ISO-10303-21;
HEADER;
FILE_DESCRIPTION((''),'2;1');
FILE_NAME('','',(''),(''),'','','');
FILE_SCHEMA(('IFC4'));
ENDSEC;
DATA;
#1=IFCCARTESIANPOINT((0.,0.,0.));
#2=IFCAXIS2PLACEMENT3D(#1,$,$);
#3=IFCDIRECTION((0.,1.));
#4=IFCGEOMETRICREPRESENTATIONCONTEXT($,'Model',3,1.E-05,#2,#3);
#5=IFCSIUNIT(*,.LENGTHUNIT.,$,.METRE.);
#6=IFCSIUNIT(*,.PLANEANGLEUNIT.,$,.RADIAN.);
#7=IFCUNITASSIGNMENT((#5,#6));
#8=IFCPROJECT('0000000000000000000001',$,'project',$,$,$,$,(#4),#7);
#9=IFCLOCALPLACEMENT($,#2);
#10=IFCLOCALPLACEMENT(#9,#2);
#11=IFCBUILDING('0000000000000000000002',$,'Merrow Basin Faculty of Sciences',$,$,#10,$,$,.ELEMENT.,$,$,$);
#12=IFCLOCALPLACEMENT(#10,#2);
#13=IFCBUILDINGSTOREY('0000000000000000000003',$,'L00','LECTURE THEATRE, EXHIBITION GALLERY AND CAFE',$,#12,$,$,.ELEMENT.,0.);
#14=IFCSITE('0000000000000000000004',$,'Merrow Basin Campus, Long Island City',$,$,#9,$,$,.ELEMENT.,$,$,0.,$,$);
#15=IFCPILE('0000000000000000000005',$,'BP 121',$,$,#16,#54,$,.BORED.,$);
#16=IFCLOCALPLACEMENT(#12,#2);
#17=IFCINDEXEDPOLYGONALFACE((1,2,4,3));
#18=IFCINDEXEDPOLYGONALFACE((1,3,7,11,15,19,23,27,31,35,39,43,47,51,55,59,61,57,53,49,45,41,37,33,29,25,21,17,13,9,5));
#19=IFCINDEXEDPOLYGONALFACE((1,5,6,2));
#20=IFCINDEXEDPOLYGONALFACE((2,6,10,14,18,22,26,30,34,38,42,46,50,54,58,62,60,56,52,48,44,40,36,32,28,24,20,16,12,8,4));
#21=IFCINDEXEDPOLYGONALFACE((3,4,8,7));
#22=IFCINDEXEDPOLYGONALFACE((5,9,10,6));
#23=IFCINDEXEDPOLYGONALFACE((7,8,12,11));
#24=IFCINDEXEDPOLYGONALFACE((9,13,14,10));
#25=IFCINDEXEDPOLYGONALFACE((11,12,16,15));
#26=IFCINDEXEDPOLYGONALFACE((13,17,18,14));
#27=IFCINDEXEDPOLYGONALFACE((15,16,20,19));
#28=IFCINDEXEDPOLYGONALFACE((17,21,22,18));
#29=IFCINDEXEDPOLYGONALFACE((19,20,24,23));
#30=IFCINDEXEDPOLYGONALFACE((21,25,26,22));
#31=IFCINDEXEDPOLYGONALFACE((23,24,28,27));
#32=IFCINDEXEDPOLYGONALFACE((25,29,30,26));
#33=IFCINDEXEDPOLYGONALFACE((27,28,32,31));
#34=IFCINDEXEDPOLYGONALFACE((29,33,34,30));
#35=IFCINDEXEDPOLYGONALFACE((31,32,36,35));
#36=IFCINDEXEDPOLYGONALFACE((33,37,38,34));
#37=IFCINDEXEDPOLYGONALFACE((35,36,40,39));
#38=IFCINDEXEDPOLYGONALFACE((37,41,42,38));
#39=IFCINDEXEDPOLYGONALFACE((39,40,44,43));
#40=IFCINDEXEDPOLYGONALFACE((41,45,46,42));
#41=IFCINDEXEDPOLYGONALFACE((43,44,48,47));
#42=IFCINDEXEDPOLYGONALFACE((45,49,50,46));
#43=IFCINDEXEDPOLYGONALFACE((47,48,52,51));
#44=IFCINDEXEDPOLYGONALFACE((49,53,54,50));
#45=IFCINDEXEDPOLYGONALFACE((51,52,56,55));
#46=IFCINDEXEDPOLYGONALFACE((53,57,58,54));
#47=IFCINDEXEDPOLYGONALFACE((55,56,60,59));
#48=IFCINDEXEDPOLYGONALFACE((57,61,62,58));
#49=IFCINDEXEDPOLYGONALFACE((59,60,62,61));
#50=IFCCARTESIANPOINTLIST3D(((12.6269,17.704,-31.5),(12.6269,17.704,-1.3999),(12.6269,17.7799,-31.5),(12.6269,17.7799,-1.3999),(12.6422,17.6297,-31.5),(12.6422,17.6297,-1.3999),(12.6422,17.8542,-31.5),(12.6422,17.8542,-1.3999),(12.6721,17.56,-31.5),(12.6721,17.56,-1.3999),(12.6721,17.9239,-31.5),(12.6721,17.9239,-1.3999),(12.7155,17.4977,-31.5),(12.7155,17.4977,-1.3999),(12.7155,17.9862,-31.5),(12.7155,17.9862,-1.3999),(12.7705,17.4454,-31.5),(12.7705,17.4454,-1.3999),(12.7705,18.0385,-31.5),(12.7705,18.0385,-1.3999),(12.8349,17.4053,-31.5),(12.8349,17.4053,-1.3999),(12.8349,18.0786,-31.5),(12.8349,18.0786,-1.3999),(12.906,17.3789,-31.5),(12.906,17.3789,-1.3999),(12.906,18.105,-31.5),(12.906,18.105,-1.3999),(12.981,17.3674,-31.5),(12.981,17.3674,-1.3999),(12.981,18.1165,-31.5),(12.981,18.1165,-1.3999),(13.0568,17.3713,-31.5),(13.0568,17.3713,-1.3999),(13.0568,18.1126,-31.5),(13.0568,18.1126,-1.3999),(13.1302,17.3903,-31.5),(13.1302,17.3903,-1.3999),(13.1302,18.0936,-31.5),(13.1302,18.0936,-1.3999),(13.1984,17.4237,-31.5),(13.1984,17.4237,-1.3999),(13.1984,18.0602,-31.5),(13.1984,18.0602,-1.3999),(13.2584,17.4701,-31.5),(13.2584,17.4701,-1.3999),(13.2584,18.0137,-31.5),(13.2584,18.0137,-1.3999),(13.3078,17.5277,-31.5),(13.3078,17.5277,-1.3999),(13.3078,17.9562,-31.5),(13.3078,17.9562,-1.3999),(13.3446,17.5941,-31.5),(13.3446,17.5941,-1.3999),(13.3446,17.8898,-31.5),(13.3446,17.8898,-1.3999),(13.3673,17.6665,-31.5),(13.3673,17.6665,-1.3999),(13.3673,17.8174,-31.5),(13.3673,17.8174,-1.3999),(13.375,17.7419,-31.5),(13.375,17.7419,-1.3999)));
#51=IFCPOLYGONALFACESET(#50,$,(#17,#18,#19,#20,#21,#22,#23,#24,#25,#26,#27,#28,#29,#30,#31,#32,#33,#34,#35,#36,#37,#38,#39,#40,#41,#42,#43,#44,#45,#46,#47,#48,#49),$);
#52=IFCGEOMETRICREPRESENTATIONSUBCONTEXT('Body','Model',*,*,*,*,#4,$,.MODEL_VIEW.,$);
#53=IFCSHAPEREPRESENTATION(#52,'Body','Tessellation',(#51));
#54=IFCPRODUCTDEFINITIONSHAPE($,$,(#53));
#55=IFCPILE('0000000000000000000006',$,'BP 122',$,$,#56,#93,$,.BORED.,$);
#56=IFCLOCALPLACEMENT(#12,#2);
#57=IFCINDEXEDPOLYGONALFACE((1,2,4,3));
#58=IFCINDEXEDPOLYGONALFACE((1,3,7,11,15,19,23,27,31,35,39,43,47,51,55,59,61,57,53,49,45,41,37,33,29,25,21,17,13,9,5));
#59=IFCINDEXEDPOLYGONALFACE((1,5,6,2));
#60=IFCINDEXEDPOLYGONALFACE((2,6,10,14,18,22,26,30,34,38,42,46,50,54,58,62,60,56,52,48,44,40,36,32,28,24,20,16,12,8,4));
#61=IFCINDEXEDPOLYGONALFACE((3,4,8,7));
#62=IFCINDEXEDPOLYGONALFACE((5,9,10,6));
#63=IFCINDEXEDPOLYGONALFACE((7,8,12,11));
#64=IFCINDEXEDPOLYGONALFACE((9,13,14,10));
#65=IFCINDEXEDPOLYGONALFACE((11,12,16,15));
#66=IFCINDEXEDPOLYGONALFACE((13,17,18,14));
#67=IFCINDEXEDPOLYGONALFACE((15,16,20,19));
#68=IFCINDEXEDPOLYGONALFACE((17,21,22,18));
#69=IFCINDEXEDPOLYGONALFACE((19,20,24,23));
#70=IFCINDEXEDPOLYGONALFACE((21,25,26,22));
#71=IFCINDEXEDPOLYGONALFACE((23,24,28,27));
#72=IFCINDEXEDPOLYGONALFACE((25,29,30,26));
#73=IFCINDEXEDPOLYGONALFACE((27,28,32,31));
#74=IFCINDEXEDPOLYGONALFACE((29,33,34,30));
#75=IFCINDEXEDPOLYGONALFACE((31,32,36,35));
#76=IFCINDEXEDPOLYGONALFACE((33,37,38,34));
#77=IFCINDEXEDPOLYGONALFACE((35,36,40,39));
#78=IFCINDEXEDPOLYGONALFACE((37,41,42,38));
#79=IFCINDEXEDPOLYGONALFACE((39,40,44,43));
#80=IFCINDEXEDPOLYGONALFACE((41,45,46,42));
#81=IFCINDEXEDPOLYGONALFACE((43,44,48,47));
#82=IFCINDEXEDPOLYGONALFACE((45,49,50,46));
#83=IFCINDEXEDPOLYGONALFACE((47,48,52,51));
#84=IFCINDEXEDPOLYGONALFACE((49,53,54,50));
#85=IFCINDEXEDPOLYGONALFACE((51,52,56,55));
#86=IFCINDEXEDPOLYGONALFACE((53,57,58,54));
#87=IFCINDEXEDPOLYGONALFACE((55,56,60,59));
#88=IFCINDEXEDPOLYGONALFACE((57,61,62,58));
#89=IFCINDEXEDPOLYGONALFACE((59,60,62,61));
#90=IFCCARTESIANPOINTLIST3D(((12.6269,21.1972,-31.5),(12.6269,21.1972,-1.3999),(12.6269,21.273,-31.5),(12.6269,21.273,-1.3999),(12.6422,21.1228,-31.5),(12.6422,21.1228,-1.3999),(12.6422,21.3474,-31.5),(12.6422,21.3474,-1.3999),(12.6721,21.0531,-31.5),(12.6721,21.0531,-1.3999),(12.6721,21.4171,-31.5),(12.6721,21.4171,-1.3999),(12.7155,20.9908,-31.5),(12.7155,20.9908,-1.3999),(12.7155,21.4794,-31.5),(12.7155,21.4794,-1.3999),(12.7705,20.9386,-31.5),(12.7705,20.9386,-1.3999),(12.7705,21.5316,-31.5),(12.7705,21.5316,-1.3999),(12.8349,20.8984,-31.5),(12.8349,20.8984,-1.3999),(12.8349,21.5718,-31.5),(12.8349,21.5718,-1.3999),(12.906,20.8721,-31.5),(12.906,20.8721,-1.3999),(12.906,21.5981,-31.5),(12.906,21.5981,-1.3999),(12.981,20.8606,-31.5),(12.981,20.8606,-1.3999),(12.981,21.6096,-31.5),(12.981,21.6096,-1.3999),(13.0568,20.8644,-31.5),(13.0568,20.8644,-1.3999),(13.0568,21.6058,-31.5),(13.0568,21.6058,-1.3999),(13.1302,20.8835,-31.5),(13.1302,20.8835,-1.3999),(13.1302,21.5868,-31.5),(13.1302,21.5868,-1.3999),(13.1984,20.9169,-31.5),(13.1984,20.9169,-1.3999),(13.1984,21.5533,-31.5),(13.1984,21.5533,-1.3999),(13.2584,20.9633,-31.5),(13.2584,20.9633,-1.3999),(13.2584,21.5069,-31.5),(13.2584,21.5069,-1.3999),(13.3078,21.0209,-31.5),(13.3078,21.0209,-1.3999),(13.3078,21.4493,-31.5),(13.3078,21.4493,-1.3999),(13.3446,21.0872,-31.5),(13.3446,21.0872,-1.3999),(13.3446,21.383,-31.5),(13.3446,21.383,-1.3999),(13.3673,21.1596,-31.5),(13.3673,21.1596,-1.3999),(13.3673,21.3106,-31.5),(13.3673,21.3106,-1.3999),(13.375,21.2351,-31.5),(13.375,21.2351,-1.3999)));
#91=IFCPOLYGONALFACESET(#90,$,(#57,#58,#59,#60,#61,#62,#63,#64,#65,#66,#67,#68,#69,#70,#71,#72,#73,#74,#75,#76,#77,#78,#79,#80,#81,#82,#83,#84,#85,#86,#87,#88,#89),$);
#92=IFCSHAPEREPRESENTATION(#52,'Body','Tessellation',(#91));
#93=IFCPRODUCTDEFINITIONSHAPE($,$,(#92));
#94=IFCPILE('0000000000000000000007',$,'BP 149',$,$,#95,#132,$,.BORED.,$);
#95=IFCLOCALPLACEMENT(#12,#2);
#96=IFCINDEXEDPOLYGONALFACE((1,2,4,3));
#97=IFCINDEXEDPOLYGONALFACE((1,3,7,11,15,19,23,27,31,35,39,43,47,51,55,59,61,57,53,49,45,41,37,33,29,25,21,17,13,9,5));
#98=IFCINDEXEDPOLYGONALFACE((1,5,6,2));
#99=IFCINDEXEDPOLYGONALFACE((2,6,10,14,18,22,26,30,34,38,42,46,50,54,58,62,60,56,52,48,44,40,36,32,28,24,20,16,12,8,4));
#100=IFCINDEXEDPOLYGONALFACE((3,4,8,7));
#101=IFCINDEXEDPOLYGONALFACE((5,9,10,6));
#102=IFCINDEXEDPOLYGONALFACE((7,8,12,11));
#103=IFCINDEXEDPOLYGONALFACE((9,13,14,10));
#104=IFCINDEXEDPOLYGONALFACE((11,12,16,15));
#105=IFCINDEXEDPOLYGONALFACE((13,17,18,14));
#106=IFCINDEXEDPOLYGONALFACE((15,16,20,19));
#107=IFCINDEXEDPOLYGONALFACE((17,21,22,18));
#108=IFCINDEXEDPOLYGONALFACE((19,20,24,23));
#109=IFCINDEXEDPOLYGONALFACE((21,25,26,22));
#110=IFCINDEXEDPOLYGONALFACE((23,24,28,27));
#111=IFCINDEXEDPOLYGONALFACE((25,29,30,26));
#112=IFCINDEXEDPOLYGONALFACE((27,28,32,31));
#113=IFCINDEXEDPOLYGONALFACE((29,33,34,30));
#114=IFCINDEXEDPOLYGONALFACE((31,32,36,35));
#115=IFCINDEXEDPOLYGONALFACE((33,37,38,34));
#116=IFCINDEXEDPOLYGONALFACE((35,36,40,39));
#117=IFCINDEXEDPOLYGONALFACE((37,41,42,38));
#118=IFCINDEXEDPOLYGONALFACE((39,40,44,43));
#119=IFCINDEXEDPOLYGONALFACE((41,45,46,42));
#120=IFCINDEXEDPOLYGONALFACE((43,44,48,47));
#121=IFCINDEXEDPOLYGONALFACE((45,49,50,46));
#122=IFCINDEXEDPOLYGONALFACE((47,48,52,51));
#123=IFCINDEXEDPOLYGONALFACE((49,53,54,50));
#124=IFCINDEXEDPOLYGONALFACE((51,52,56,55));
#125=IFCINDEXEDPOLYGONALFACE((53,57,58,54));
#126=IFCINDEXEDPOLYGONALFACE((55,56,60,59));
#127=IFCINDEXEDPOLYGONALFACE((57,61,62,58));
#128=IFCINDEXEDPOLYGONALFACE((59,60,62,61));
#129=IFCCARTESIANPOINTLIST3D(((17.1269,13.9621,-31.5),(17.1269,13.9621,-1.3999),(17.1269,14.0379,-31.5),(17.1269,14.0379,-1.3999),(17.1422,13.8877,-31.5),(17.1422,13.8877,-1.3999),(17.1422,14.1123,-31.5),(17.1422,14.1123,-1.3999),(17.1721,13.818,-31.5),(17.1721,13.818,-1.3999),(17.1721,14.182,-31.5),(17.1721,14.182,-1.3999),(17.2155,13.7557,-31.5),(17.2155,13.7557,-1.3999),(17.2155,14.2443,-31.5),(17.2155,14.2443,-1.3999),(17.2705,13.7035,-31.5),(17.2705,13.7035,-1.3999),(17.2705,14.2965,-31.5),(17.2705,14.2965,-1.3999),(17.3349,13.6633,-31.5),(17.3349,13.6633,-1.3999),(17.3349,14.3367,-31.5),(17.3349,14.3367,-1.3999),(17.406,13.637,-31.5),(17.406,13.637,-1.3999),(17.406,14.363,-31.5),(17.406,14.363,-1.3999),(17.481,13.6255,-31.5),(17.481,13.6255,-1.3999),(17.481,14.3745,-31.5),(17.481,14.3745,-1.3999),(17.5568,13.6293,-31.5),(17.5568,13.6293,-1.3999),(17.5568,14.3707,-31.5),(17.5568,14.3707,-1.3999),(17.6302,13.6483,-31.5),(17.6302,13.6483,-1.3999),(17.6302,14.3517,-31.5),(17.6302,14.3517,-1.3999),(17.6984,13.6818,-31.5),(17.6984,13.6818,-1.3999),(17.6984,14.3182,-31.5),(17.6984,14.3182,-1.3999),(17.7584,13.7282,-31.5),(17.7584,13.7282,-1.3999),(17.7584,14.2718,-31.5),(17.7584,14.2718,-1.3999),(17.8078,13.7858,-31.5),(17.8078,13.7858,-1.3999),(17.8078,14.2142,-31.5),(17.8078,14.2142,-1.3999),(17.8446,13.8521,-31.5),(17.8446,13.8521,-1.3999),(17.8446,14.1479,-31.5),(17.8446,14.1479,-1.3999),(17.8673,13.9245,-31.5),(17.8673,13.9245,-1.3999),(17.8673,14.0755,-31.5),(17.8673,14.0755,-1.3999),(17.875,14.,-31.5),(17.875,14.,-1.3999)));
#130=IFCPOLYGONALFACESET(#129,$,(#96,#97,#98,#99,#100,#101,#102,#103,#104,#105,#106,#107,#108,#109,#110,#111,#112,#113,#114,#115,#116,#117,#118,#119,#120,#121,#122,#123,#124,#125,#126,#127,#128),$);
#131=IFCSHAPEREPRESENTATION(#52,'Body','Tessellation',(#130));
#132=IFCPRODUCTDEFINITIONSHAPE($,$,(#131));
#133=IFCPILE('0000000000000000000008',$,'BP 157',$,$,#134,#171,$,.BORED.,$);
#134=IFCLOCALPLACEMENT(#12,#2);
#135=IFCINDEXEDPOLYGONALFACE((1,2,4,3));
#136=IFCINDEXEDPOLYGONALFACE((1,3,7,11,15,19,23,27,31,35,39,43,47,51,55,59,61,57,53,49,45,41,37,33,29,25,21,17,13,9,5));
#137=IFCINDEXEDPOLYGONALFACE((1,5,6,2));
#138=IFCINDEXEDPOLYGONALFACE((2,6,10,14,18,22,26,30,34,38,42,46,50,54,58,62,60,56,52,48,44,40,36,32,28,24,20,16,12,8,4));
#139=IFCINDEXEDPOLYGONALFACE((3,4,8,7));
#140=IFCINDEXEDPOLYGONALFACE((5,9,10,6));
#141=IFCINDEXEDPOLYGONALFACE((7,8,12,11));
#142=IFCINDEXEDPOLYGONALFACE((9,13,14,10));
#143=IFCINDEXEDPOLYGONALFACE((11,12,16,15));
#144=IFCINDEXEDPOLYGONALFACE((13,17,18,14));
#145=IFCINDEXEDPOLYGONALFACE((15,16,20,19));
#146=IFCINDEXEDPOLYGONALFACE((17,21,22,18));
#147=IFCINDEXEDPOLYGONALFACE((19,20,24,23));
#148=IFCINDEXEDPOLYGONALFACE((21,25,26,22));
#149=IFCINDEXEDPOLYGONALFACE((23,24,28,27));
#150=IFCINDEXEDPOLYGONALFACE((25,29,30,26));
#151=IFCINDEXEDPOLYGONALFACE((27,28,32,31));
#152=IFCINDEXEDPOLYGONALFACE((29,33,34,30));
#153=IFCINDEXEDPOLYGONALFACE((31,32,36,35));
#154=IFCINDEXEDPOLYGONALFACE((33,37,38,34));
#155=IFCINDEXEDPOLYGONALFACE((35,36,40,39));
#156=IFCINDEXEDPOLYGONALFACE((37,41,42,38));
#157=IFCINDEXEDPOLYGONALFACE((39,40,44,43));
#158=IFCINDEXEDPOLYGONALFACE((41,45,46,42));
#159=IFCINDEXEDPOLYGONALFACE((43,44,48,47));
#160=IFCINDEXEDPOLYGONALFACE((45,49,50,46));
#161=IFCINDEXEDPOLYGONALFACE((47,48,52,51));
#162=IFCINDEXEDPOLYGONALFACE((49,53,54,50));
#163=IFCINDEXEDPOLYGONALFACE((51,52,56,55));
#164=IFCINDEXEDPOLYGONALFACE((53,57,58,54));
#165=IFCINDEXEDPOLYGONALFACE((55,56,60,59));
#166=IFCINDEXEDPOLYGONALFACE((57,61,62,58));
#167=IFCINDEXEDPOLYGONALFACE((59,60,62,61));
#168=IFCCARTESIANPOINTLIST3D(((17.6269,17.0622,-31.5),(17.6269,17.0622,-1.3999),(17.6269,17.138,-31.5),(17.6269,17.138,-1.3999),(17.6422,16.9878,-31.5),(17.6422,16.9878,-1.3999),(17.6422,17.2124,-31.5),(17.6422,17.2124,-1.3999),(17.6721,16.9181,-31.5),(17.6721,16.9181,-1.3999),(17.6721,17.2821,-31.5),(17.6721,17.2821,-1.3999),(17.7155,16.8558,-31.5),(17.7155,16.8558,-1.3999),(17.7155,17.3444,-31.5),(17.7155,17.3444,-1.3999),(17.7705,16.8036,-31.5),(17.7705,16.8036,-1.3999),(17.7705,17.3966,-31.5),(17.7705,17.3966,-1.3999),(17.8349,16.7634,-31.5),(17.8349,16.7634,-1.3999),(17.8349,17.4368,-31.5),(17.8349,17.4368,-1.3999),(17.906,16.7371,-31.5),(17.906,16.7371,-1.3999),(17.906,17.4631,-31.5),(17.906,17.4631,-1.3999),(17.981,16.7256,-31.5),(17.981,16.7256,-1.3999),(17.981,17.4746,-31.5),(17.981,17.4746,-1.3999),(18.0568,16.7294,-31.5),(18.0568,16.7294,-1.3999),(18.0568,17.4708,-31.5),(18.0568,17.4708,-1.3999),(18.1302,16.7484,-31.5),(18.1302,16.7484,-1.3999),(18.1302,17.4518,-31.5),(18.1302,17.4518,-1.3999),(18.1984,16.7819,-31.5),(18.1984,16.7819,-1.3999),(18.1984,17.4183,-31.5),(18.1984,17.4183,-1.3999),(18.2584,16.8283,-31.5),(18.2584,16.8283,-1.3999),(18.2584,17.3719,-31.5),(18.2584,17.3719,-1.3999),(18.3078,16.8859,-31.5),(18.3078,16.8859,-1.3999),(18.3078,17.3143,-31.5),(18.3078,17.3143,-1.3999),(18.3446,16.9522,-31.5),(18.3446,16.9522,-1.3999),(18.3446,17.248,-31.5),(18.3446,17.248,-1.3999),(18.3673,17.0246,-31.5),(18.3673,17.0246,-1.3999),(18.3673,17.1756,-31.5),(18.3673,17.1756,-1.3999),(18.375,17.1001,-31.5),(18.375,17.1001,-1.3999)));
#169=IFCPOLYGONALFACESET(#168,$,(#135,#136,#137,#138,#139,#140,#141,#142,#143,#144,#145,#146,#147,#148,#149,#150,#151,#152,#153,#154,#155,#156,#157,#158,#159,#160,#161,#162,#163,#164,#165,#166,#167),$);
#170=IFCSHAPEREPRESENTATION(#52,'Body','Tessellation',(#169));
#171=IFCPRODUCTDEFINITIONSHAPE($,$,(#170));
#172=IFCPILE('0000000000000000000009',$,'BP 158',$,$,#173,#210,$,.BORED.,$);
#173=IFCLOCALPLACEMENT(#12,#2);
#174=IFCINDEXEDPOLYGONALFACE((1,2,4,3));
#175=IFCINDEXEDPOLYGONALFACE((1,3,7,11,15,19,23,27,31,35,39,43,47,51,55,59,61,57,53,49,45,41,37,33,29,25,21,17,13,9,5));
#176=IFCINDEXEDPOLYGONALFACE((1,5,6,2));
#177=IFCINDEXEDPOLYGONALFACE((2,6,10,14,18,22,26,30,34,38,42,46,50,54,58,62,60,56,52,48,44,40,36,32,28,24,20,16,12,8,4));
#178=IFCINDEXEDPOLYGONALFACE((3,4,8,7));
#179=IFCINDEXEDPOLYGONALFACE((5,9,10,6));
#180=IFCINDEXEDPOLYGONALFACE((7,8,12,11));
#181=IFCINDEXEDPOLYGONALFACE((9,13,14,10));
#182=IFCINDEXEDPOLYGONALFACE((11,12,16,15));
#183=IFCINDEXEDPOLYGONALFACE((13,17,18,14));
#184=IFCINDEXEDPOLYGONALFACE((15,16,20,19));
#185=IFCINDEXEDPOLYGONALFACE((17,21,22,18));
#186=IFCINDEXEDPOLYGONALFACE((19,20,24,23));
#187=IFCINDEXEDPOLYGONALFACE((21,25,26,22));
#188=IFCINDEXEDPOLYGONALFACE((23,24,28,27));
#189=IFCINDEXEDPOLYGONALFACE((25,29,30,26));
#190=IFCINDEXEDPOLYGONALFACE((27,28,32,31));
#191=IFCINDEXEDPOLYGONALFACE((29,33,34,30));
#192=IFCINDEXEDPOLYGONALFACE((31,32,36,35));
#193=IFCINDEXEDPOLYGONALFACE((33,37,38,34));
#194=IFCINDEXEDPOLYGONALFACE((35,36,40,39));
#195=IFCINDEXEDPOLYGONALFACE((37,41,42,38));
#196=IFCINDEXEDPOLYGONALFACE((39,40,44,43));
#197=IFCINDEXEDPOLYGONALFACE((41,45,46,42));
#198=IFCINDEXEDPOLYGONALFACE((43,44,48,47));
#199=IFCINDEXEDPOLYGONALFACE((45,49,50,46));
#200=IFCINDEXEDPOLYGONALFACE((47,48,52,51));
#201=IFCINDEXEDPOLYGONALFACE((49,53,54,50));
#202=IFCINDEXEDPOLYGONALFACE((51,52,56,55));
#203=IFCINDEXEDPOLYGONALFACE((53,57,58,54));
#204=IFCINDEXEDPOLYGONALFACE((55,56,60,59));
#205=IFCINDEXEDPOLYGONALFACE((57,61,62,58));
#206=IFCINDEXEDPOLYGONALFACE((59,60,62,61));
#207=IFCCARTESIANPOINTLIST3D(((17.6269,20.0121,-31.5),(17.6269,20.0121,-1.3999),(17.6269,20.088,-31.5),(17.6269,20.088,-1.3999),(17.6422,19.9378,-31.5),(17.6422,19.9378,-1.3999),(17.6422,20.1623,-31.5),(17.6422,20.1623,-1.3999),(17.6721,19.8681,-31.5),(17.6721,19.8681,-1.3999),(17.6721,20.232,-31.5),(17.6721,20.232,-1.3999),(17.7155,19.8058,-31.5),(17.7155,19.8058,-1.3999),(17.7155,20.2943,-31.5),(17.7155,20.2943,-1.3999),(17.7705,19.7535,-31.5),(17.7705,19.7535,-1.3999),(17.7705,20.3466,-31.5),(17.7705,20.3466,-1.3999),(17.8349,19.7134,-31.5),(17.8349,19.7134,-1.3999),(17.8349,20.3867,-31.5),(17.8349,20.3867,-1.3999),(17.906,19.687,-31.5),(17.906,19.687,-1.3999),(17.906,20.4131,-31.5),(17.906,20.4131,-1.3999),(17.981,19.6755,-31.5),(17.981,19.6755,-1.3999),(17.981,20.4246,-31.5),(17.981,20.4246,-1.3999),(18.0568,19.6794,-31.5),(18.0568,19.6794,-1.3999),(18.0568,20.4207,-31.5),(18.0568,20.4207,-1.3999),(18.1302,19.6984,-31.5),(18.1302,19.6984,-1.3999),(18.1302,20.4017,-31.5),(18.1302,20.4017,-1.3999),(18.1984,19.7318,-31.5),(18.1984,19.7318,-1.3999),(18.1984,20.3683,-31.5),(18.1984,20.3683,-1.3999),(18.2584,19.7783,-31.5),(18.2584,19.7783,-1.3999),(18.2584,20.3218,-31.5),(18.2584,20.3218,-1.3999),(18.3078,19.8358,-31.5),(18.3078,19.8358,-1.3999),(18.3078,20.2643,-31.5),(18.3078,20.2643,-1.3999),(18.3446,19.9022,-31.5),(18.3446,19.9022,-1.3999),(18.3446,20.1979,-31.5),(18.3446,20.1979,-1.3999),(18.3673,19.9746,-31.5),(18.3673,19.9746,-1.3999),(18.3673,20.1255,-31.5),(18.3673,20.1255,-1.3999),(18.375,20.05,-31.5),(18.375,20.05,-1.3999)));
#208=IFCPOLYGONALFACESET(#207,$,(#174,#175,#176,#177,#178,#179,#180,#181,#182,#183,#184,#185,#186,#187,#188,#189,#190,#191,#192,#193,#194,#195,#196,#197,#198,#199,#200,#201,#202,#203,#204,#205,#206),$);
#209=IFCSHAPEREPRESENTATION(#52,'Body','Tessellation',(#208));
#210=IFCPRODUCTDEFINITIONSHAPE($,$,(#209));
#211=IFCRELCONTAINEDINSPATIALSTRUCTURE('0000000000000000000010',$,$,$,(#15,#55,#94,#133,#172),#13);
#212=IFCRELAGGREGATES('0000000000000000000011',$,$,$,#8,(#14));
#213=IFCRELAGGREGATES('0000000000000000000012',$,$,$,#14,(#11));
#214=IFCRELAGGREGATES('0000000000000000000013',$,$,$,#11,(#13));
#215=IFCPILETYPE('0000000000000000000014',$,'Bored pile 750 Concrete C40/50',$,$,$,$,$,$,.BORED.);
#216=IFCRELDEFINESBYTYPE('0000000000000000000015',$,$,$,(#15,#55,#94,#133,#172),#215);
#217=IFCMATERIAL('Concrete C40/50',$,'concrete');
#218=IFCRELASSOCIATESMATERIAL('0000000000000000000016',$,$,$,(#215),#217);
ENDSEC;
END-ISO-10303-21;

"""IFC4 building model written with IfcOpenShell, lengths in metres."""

from ifc_helpers import new_model, si_unit, direction, frame, origin, origin_2d, place, context, subcontext, project, spatial, circle, extrude, material, material_profile, profile_set, type_object, element, save


model = new_model("IFC4")

# Units and contexts
model_context = context("Model", 3, precision=1e-05, world=origin(), true_north=direction((0.0, 1.0)))
body_context = subcontext(model_context, "Body", "Model", "MODEL_VIEW")
ifc_project = project(units=[si_unit("LENGTHUNIT", "METRE"), si_unit("PLANEANGLEUNIT", "RADIAN")], contexts=[model_context])

# Site, building, storey
site_placement = place(None, origin())
site = spatial("IfcSite", under=ifc_project, at=site_placement, Name="Merrow Basin Campus, Long Island City", CompositionType="ELEMENT", RefElevation=0.0)
building_placement = place(site_placement, origin())
building = spatial("IfcBuilding", under=site, at=building_placement, Name="Merrow Basin Faculty of Sciences", CompositionType="ELEMENT")
storey_placement = place(building_placement, origin())
storey = spatial("IfcBuildingStorey", under=building, at=storey_placement, Name="L00", Description="LECTURE THEATRE, EXHIBITION GALLERY AND CAFE", CompositionType="ELEMENT", Elevation=0.0)

# Piles
ifc_material_1 = material(Name="Concrete C40/50", Category="concrete")
ifc_material_profile_1 = material_profile(ifc_material_1, circle(Radius=0.375, at=origin_2d()))
ifc_profile_set_1 = profile_set([ifc_material_profile_1], Name="Concrete C40/50")
pile_type_1 = type_object("IfcPileType", Name="Bored pile 750 Concrete C40/50", PredefinedType="BORED", material=ifc_profile_set_1)
for number, where, z_axis, x_axis, name in (
    (1, (13.0, 17.7419, -1.3999), (0.0, 0.0, -1.0), (1.0, 0.0, 0.0), "BP 121"),
    (2, (13.0, 21.2351, -1.3999), (0.0, 0.0, -1.0), (1.0, 0.0, 0.0), "BP 122"),
    (3, (17.5, 14.0, -1.3999), (0.0, 0.0, -1.0), (1.0, 0.0, 0.0), "BP 149"),
    (4, (18.0, 17.1001, -1.3999), (0.0, 0.0, -1.0), (1.0, 0.0, 0.0), "BP 157"),
    (5, (18.0, 20.05, -1.3999), (0.0, 0.0, -1.0), (1.0, 0.0, 0.0), "BP 158"),
):
    element("IfcPile", number, at=place(storey_placement, frame(where, z_axis=z_axis, x_axis=x_axis)), inside=storey, type_object=pile_type_1, Name=name, PredefinedType="BORED", context=body_context, shape_type="SweptSolid", body=[
        extrude(circle(Radius=0.375, at=origin_2d()), origin(), (0.0, 0.0, 1.0), 30.1001),
    ])

save(model, "model.ifc")
